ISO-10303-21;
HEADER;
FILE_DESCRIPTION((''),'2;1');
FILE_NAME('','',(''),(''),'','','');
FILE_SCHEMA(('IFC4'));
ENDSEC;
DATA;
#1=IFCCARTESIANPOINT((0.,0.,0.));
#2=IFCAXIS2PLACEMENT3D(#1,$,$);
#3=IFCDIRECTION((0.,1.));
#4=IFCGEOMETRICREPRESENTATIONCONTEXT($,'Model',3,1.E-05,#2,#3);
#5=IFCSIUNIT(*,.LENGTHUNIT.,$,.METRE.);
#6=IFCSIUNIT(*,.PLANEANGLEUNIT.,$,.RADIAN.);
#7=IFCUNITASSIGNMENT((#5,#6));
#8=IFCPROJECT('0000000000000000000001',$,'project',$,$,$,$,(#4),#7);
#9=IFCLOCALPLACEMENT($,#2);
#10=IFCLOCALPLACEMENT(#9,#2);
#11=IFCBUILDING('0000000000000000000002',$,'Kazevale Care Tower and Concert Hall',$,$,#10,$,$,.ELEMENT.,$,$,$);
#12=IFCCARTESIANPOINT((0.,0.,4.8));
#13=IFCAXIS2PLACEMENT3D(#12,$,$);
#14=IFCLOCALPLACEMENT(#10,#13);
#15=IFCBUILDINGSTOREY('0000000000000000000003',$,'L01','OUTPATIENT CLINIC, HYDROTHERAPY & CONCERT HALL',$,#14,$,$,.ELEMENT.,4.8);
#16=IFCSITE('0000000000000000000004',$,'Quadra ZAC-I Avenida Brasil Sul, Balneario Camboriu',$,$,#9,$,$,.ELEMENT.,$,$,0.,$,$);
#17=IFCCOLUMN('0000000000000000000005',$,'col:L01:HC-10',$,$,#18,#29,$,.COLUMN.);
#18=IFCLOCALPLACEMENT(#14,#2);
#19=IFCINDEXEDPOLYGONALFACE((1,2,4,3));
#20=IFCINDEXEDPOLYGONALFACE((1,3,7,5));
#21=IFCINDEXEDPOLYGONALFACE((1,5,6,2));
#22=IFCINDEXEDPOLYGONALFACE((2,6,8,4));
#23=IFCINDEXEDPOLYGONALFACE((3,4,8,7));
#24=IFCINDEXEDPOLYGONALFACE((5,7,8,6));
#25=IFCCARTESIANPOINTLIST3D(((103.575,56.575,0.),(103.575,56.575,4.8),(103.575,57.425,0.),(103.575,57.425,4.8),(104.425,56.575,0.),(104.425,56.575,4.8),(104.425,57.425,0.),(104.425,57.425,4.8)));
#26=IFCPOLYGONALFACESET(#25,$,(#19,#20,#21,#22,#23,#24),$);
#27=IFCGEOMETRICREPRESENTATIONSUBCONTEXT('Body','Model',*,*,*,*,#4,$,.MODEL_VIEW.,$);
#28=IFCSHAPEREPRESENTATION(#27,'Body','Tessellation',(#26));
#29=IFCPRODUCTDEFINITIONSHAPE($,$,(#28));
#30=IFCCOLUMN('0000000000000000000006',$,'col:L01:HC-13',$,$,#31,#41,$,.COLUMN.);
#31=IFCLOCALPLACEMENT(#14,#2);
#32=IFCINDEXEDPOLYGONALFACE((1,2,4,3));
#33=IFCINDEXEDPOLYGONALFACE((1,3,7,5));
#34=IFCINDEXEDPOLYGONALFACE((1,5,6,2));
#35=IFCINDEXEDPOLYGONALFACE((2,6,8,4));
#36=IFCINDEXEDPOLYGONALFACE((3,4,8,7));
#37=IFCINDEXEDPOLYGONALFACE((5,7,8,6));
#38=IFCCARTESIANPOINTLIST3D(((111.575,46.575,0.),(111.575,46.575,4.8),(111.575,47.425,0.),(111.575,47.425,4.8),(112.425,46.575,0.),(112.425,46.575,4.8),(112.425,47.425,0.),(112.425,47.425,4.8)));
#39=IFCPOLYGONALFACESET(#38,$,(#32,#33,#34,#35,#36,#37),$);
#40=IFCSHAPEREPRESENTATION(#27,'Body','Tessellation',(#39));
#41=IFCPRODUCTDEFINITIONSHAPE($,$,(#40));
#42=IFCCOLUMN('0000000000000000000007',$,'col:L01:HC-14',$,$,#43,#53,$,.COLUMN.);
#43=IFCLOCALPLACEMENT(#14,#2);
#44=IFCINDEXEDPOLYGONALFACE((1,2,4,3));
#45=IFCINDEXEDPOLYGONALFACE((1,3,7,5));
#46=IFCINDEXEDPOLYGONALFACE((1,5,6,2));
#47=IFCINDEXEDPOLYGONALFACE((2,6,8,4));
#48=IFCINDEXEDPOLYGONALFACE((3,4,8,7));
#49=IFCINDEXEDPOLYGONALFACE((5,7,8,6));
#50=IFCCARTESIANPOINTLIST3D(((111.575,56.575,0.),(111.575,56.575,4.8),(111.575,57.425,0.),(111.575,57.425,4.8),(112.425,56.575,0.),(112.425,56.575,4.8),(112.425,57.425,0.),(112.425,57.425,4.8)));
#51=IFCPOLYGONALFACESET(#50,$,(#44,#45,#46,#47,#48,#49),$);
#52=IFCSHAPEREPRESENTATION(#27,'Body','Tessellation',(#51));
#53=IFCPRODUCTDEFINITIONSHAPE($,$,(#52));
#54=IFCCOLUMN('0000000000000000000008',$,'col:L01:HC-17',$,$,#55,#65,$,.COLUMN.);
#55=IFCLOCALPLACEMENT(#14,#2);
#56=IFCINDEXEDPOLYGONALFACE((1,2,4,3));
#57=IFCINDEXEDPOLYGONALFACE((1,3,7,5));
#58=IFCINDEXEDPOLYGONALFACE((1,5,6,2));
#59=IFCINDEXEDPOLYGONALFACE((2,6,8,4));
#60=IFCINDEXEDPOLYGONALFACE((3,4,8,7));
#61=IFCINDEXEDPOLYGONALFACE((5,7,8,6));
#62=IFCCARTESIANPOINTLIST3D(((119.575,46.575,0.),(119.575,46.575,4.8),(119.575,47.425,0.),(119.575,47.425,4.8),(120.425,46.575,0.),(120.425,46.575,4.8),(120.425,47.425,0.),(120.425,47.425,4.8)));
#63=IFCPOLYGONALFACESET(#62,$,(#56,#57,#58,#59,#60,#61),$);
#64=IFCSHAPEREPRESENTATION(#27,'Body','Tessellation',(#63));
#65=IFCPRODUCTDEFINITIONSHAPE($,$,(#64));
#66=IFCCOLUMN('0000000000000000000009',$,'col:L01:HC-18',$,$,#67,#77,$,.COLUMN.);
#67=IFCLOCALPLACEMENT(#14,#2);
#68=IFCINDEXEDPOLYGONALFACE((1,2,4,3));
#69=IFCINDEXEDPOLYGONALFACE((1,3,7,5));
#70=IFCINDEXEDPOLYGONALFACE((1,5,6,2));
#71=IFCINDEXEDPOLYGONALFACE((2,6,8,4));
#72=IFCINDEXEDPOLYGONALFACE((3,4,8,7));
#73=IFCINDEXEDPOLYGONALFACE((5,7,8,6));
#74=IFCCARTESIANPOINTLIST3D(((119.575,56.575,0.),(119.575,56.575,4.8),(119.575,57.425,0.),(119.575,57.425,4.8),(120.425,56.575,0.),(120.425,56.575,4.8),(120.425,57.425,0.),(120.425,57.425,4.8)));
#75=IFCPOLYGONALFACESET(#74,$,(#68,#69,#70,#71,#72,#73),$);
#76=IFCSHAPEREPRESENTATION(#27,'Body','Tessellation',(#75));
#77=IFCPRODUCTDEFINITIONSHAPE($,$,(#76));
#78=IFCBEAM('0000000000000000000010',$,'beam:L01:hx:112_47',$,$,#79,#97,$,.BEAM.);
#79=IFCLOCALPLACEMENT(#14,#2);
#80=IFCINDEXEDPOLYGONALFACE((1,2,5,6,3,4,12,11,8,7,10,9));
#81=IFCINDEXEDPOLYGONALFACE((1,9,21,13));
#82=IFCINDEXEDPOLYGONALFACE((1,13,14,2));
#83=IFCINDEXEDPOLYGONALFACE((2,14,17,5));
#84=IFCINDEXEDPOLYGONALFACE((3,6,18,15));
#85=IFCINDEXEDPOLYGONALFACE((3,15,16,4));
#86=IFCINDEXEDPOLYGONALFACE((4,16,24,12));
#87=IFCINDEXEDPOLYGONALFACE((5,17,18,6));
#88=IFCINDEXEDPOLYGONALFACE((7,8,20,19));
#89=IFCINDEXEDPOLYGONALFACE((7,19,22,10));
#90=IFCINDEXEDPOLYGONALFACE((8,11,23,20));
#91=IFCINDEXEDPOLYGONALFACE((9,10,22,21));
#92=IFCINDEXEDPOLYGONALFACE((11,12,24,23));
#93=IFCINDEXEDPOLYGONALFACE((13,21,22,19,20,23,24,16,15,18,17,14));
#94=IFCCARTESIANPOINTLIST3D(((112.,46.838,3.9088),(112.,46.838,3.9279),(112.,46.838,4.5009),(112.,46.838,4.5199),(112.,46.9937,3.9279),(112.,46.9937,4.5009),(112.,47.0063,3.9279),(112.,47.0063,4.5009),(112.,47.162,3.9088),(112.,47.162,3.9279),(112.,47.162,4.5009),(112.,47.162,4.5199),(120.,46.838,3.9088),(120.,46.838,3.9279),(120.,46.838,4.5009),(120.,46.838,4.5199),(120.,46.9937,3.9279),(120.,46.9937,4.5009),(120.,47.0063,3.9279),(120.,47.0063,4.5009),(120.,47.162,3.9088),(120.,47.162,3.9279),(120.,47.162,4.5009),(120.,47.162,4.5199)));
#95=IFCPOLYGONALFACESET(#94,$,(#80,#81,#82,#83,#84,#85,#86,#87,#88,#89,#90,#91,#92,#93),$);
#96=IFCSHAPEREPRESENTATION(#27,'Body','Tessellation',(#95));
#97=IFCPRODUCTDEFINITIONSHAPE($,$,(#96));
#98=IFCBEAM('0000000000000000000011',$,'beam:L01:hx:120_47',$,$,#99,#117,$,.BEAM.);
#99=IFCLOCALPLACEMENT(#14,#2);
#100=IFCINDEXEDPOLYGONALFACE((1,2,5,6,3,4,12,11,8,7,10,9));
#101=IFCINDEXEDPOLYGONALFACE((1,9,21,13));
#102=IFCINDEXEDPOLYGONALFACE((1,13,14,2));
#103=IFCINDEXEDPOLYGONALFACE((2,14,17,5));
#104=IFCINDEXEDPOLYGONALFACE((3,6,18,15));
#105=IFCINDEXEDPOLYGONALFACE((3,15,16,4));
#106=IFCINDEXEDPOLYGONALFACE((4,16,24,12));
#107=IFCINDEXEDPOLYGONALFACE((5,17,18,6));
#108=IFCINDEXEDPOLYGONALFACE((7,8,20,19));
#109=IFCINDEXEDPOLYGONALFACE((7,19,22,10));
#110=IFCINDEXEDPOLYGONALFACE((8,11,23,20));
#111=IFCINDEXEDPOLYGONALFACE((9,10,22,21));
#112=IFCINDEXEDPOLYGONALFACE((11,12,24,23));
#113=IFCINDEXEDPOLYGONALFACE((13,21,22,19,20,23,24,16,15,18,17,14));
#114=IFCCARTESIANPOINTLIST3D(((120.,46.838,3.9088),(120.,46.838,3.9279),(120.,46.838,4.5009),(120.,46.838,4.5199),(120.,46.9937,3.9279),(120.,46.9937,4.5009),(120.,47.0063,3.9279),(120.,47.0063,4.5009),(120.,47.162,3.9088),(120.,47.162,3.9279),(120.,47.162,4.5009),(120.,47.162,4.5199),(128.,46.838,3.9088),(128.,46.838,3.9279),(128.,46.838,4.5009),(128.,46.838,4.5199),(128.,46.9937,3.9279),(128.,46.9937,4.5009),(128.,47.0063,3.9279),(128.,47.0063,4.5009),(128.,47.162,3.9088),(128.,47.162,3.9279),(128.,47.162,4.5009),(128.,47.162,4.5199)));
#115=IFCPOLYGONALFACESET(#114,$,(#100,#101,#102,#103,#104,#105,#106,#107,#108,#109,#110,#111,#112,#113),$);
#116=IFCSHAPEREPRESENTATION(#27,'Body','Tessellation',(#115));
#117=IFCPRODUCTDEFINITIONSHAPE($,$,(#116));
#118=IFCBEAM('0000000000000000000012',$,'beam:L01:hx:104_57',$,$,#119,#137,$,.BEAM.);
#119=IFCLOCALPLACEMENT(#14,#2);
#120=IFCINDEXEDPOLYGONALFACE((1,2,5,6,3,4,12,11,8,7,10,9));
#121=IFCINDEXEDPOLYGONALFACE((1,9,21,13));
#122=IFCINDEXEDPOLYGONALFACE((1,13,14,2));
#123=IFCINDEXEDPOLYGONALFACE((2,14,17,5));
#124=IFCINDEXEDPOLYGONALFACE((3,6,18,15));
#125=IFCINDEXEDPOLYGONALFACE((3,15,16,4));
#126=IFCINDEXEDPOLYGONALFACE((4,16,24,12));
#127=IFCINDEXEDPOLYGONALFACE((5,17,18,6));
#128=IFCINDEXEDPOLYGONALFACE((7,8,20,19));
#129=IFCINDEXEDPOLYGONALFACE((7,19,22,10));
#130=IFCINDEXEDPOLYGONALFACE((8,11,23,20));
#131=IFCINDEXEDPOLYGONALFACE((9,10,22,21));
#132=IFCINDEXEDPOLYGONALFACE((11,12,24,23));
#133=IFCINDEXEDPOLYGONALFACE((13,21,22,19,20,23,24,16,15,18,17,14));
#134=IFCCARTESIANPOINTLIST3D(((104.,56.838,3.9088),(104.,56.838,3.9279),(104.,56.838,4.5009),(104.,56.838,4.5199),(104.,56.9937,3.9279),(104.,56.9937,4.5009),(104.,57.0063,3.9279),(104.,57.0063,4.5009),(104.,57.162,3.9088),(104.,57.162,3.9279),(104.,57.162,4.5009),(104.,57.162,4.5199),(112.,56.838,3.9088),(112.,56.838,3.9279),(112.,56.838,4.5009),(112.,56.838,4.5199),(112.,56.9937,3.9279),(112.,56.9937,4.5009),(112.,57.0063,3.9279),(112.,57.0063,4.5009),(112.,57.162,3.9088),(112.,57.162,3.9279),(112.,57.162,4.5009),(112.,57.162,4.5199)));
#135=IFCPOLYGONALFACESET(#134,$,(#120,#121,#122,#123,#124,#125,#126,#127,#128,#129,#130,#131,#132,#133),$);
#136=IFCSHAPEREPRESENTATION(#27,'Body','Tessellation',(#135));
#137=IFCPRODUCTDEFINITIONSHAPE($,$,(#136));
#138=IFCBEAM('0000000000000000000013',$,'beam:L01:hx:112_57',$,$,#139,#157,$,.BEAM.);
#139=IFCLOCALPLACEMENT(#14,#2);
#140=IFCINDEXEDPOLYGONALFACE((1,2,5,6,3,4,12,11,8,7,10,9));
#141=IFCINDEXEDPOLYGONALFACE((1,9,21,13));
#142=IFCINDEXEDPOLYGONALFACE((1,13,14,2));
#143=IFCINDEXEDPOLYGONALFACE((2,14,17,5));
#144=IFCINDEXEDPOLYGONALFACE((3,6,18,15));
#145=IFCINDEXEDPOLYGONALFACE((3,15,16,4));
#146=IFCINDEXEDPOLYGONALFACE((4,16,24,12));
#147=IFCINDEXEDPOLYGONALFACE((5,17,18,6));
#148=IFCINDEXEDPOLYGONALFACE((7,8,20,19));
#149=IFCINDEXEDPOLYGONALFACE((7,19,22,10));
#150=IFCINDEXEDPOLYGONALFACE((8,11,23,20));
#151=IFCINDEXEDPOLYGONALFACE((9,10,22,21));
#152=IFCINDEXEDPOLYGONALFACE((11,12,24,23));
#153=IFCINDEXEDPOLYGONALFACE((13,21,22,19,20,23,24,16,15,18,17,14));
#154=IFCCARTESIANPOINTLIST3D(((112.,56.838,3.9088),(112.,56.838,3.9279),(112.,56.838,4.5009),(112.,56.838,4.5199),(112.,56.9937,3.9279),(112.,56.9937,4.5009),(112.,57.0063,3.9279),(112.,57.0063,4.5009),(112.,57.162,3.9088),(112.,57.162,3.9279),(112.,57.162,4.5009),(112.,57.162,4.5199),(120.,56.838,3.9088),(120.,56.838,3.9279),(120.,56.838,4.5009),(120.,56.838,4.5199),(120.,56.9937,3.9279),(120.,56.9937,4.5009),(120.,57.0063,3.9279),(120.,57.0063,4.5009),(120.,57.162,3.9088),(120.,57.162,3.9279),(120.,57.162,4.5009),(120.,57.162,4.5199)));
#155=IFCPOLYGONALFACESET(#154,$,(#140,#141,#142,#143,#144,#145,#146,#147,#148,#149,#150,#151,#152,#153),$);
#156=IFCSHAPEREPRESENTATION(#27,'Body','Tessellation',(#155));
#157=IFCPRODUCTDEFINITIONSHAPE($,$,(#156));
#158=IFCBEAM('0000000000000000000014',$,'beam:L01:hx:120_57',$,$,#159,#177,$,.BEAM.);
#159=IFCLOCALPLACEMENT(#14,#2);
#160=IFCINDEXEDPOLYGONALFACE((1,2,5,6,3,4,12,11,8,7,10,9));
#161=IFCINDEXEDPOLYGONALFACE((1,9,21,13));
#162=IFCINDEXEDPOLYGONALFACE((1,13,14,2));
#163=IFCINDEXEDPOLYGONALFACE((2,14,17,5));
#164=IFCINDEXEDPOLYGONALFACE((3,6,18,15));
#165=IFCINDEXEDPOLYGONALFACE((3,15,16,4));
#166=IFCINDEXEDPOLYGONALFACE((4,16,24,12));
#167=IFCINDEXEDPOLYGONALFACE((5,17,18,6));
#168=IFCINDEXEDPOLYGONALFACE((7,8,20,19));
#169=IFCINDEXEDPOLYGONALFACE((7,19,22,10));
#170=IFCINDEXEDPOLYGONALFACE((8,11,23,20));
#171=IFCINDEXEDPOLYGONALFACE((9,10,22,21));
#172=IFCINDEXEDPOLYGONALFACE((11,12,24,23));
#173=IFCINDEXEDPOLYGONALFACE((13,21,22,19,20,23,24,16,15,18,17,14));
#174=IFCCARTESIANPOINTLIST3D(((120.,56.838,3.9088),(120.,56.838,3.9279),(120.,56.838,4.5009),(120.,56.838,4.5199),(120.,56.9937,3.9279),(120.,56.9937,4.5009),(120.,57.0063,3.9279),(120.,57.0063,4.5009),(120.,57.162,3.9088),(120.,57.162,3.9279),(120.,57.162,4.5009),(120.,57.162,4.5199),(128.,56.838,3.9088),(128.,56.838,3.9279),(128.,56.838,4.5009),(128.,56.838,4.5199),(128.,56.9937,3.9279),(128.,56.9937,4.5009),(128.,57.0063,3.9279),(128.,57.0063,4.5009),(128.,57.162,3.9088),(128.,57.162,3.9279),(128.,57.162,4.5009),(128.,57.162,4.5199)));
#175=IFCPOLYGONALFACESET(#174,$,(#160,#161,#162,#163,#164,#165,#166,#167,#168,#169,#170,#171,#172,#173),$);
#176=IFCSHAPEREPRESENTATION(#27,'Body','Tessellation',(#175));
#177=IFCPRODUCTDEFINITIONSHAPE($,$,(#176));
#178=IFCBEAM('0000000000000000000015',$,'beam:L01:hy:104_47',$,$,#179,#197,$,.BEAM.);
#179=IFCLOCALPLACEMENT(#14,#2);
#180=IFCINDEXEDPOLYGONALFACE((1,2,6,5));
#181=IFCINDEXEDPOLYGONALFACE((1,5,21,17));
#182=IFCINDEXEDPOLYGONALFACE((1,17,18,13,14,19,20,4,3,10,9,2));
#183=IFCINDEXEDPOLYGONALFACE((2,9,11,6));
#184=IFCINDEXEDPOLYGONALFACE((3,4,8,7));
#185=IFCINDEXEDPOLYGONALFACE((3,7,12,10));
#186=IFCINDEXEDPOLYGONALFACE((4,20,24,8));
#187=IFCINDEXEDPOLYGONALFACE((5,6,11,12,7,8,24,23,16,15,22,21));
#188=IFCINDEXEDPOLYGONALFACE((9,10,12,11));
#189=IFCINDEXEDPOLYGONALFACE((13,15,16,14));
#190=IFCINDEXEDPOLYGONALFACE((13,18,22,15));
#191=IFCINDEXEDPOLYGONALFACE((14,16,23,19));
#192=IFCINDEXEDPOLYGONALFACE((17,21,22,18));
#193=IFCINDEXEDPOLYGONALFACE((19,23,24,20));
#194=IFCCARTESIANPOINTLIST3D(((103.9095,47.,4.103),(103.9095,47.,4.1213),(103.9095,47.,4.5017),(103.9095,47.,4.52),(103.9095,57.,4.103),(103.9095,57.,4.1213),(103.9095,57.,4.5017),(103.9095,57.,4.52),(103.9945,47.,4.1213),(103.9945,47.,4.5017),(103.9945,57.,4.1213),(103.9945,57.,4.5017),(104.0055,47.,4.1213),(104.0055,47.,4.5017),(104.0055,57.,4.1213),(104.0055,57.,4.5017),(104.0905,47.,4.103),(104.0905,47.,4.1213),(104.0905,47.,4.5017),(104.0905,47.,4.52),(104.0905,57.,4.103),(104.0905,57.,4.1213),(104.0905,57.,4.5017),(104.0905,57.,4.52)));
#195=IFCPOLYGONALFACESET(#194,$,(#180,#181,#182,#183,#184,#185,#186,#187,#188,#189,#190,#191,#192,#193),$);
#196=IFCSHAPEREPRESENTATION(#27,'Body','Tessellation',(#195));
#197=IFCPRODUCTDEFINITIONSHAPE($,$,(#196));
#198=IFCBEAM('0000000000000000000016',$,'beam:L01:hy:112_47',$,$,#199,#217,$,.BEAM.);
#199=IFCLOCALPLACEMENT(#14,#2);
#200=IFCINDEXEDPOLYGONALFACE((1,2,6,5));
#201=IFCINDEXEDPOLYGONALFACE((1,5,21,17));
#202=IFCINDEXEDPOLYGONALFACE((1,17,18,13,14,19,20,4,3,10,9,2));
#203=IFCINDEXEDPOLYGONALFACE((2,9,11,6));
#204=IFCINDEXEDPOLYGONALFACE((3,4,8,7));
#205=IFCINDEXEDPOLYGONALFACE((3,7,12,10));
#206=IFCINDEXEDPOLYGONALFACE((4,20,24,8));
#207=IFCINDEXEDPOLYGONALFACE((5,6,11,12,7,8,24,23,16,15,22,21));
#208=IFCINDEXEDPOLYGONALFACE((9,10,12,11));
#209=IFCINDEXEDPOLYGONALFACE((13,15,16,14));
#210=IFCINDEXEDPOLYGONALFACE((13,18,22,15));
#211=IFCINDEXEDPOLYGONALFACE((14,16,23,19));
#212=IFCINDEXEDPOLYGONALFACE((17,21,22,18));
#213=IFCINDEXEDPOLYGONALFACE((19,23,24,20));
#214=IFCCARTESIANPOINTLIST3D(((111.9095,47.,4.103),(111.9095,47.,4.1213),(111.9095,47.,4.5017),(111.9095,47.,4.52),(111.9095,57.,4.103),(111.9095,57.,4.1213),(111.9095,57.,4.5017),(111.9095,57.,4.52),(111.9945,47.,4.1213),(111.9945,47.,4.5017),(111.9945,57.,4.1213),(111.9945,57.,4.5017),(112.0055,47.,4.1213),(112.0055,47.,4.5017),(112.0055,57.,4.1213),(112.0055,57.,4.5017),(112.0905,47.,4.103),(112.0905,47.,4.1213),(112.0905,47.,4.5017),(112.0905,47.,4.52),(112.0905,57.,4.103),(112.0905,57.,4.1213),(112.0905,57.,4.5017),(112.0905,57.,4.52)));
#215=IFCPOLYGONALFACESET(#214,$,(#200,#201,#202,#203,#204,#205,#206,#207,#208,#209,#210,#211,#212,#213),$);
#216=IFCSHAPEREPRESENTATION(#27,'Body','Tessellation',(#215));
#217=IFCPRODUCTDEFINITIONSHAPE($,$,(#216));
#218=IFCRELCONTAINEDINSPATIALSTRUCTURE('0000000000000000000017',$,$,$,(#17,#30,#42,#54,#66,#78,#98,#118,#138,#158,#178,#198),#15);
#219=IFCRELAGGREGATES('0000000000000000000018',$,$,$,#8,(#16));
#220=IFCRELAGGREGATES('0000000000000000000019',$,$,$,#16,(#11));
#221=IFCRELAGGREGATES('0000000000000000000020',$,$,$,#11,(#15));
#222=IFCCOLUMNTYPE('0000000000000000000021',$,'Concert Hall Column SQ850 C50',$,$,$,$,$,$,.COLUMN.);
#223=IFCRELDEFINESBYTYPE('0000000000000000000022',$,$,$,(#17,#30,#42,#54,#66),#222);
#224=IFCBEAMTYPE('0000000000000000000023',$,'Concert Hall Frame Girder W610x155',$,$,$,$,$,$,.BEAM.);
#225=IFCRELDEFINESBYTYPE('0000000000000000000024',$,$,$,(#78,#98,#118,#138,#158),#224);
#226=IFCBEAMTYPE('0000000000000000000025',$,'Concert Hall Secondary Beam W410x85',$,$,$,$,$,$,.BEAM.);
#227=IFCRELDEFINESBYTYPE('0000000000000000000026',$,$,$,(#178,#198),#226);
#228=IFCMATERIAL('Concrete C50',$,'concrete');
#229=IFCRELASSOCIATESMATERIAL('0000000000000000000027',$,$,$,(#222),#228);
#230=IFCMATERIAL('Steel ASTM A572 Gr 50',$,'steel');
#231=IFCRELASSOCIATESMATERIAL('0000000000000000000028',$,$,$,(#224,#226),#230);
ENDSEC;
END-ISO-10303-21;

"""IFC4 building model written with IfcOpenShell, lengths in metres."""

from ifc_helpers import new_model, si_unit, direction, frame, origin, origin_2d, place, context, subcontext, project, spatial, rectangle, i_section, extrude, material, material_profile, profile_set, type_object, element, save


model = new_model("IFC4")

# Units and contexts
model_context = context("Model", 3, precision=1e-05, world=origin(), true_north=direction((0.0, 1.0)))
body_context = subcontext(model_context, "Body", "Model", "MODEL_VIEW")
ifc_project = project(units=[si_unit("LENGTHUNIT", "METRE"), si_unit("PLANEANGLEUNIT", "RADIAN")], contexts=[model_context])

# Site, building, storey
site_placement = place(None, origin())
site = spatial("IfcSite", under=ifc_project, at=site_placement, Name="Quadra ZAC-I Avenida Brasil Sul, Balneario Camboriu", CompositionType="ELEMENT", RefElevation=0.0)
building_placement = place(site_placement, origin())
building = spatial("IfcBuilding", under=site, at=building_placement, Name="Kazevale Care Tower and Concert Hall", CompositionType="ELEMENT")
storey_placement = place(building_placement, frame((0.0, 0.0, 4.8)))
storey = spatial("IfcBuildingStorey", under=building, at=storey_placement, Name="L01", Description="OUTPATIENT CLINIC, HYDROTHERAPY & CONCERT HALL", CompositionType="ELEMENT", Elevation=4.8)

# Columns
ifc_material_1 = material(Name="Concrete C50", Category="concrete")
ifc_material_profile_1 = material_profile(ifc_material_1, rectangle(XDim=0.8501, YDim=0.8501, at=origin_2d()), Name="RC-SQ850")
ifc_profile_set_1 = profile_set([ifc_material_profile_1], Name="Concrete C50")
column_type = type_object("IfcColumnType", Name="Concert Hall Column SQ850 C50", PredefinedType="COLUMN", material=ifc_profile_set_1)
for number, where, z_axis, x_axis, name in (
    (1, (104.0, 57.0, 0.0), (0.0, 0.0, 1.0), (1.0, 0.0, 0.0), "col:L01:HC-10"),
    (2, (112.0, 47.0, 0.0), (0.0, 0.0, 1.0), (1.0, 0.0, 0.0), "col:L01:HC-13"),
    (3, (112.0, 57.0, 0.0), (0.0, 0.0, 1.0), (1.0, 0.0, 0.0), "col:L01:HC-14"),
    (4, (120.0, 47.0, 0.0), (0.0, 0.0, 1.0), (1.0, 0.0, 0.0), "col:L01:HC-17"),
    (5, (120.0, 57.0, 0.0), (0.0, 0.0, 1.0), (1.0, 0.0, 0.0), "col:L01:HC-18"),
):
    element("IfcColumn", number, at=place(storey_placement, frame(where, z_axis=z_axis, x_axis=x_axis)), inside=storey, type_object=column_type, Name=name, PredefinedType="COLUMN", context=body_context, shape_type="SweptSolid", body=[
        extrude(rectangle(XDim=0.8501, YDim=0.8501, at=origin_2d()), origin(), (0.0, 0.0, 1.0), 4.8),
    ])

# Beams
ifc_material_2 = material(Name="Steel ASTM A572 Gr 50", Category="steel")
ifc_material_profile_2 = material_profile(ifc_material_2, i_section(OverallWidth=0.324, OverallDepth=0.6111, WebThickness=0.0127, FlangeThickness=0.019, at=origin_2d()), Name="W610x155")
ifc_profile_set_2 = profile_set([ifc_material_profile_2], Name="Steel ASTM A572 Gr 50")
beam_type_1 = type_object("IfcBeamType", Name="Concert Hall Frame Girder W610x155", PredefinedType="BEAM", material=ifc_profile_set_2)
for number, where, z_axis, x_axis, name in (
    (6, (112.0, 47.0, 4.2144), (1.0, 0.0, 0.0), (0.0, 1.0, 0.0), "beam:L01:hx:112_47"),
    (7, (120.0, 47.0, 4.2144), (1.0, 0.0, 0.0), (0.0, 1.0, 0.0), "beam:L01:hx:120_47"),
    (8, (104.0, 57.0, 4.2144), (1.0, 0.0, 0.0), (0.0, 1.0, 0.0), "beam:L01:hx:104_57"),
    (9, (112.0, 57.0, 4.2144), (1.0, 0.0, 0.0), (0.0, 1.0, 0.0), "beam:L01:hx:112_57"),
    (10, (120.0, 57.0, 4.2144), (1.0, 0.0, 0.0), (0.0, 1.0, 0.0), "beam:L01:hx:120_57"),
):
    element("IfcBeam", number, at=place(storey_placement, frame(where, z_axis=z_axis, x_axis=x_axis)), inside=storey, type_object=beam_type_1, Name=name, PredefinedType="BEAM", context=body_context, shape_type="SweptSolid", body=[
        extrude(i_section(OverallWidth=0.324, OverallDepth=0.6111, WebThickness=0.0127, FlangeThickness=0.019, at=origin_2d()), origin(), (0.0, 0.0, 1.0), 8.0),
    ])
ifc_material_profile_3 = material_profile(ifc_material_2, i_section(OverallWidth=0.1809, OverallDepth=0.417, WebThickness=0.011, FlangeThickness=0.0183, at=origin_2d()), Name="W410x85")
ifc_profile_set_3 = profile_set([ifc_material_profile_3], Name="Steel ASTM A572 Gr 50")
beam_type_2 = type_object("IfcBeamType", Name="Concert Hall Secondary Beam W410x85", PredefinedType="BEAM", material=ifc_profile_set_3)
for number, where, z_axis, x_axis, name in (
    (11, (104.0, 47.0, 4.3115), (0.0, 1.0, 0.0), (-1.0, 0.0, 0.0), "beam:L01:hy:104_47"),
    (12, (112.0, 47.0, 4.3115), (0.0, 1.0, 0.0), (-1.0, 0.0, 0.0), "beam:L01:hy:112_47"),
):
    element("IfcBeam", number, at=place(storey_placement, frame(where, z_axis=z_axis, x_axis=x_axis)), inside=storey, type_object=beam_type_2, Name=name, PredefinedType="BEAM", context=body_context, shape_type="SweptSolid", body=[
        extrude(i_section(OverallWidth=0.1809, OverallDepth=0.417, WebThickness=0.011, FlangeThickness=0.0183, at=origin_2d()), origin(), (0.0, 0.0, 1.0), 10.0),
    ])

save(model, "model.ifc")
